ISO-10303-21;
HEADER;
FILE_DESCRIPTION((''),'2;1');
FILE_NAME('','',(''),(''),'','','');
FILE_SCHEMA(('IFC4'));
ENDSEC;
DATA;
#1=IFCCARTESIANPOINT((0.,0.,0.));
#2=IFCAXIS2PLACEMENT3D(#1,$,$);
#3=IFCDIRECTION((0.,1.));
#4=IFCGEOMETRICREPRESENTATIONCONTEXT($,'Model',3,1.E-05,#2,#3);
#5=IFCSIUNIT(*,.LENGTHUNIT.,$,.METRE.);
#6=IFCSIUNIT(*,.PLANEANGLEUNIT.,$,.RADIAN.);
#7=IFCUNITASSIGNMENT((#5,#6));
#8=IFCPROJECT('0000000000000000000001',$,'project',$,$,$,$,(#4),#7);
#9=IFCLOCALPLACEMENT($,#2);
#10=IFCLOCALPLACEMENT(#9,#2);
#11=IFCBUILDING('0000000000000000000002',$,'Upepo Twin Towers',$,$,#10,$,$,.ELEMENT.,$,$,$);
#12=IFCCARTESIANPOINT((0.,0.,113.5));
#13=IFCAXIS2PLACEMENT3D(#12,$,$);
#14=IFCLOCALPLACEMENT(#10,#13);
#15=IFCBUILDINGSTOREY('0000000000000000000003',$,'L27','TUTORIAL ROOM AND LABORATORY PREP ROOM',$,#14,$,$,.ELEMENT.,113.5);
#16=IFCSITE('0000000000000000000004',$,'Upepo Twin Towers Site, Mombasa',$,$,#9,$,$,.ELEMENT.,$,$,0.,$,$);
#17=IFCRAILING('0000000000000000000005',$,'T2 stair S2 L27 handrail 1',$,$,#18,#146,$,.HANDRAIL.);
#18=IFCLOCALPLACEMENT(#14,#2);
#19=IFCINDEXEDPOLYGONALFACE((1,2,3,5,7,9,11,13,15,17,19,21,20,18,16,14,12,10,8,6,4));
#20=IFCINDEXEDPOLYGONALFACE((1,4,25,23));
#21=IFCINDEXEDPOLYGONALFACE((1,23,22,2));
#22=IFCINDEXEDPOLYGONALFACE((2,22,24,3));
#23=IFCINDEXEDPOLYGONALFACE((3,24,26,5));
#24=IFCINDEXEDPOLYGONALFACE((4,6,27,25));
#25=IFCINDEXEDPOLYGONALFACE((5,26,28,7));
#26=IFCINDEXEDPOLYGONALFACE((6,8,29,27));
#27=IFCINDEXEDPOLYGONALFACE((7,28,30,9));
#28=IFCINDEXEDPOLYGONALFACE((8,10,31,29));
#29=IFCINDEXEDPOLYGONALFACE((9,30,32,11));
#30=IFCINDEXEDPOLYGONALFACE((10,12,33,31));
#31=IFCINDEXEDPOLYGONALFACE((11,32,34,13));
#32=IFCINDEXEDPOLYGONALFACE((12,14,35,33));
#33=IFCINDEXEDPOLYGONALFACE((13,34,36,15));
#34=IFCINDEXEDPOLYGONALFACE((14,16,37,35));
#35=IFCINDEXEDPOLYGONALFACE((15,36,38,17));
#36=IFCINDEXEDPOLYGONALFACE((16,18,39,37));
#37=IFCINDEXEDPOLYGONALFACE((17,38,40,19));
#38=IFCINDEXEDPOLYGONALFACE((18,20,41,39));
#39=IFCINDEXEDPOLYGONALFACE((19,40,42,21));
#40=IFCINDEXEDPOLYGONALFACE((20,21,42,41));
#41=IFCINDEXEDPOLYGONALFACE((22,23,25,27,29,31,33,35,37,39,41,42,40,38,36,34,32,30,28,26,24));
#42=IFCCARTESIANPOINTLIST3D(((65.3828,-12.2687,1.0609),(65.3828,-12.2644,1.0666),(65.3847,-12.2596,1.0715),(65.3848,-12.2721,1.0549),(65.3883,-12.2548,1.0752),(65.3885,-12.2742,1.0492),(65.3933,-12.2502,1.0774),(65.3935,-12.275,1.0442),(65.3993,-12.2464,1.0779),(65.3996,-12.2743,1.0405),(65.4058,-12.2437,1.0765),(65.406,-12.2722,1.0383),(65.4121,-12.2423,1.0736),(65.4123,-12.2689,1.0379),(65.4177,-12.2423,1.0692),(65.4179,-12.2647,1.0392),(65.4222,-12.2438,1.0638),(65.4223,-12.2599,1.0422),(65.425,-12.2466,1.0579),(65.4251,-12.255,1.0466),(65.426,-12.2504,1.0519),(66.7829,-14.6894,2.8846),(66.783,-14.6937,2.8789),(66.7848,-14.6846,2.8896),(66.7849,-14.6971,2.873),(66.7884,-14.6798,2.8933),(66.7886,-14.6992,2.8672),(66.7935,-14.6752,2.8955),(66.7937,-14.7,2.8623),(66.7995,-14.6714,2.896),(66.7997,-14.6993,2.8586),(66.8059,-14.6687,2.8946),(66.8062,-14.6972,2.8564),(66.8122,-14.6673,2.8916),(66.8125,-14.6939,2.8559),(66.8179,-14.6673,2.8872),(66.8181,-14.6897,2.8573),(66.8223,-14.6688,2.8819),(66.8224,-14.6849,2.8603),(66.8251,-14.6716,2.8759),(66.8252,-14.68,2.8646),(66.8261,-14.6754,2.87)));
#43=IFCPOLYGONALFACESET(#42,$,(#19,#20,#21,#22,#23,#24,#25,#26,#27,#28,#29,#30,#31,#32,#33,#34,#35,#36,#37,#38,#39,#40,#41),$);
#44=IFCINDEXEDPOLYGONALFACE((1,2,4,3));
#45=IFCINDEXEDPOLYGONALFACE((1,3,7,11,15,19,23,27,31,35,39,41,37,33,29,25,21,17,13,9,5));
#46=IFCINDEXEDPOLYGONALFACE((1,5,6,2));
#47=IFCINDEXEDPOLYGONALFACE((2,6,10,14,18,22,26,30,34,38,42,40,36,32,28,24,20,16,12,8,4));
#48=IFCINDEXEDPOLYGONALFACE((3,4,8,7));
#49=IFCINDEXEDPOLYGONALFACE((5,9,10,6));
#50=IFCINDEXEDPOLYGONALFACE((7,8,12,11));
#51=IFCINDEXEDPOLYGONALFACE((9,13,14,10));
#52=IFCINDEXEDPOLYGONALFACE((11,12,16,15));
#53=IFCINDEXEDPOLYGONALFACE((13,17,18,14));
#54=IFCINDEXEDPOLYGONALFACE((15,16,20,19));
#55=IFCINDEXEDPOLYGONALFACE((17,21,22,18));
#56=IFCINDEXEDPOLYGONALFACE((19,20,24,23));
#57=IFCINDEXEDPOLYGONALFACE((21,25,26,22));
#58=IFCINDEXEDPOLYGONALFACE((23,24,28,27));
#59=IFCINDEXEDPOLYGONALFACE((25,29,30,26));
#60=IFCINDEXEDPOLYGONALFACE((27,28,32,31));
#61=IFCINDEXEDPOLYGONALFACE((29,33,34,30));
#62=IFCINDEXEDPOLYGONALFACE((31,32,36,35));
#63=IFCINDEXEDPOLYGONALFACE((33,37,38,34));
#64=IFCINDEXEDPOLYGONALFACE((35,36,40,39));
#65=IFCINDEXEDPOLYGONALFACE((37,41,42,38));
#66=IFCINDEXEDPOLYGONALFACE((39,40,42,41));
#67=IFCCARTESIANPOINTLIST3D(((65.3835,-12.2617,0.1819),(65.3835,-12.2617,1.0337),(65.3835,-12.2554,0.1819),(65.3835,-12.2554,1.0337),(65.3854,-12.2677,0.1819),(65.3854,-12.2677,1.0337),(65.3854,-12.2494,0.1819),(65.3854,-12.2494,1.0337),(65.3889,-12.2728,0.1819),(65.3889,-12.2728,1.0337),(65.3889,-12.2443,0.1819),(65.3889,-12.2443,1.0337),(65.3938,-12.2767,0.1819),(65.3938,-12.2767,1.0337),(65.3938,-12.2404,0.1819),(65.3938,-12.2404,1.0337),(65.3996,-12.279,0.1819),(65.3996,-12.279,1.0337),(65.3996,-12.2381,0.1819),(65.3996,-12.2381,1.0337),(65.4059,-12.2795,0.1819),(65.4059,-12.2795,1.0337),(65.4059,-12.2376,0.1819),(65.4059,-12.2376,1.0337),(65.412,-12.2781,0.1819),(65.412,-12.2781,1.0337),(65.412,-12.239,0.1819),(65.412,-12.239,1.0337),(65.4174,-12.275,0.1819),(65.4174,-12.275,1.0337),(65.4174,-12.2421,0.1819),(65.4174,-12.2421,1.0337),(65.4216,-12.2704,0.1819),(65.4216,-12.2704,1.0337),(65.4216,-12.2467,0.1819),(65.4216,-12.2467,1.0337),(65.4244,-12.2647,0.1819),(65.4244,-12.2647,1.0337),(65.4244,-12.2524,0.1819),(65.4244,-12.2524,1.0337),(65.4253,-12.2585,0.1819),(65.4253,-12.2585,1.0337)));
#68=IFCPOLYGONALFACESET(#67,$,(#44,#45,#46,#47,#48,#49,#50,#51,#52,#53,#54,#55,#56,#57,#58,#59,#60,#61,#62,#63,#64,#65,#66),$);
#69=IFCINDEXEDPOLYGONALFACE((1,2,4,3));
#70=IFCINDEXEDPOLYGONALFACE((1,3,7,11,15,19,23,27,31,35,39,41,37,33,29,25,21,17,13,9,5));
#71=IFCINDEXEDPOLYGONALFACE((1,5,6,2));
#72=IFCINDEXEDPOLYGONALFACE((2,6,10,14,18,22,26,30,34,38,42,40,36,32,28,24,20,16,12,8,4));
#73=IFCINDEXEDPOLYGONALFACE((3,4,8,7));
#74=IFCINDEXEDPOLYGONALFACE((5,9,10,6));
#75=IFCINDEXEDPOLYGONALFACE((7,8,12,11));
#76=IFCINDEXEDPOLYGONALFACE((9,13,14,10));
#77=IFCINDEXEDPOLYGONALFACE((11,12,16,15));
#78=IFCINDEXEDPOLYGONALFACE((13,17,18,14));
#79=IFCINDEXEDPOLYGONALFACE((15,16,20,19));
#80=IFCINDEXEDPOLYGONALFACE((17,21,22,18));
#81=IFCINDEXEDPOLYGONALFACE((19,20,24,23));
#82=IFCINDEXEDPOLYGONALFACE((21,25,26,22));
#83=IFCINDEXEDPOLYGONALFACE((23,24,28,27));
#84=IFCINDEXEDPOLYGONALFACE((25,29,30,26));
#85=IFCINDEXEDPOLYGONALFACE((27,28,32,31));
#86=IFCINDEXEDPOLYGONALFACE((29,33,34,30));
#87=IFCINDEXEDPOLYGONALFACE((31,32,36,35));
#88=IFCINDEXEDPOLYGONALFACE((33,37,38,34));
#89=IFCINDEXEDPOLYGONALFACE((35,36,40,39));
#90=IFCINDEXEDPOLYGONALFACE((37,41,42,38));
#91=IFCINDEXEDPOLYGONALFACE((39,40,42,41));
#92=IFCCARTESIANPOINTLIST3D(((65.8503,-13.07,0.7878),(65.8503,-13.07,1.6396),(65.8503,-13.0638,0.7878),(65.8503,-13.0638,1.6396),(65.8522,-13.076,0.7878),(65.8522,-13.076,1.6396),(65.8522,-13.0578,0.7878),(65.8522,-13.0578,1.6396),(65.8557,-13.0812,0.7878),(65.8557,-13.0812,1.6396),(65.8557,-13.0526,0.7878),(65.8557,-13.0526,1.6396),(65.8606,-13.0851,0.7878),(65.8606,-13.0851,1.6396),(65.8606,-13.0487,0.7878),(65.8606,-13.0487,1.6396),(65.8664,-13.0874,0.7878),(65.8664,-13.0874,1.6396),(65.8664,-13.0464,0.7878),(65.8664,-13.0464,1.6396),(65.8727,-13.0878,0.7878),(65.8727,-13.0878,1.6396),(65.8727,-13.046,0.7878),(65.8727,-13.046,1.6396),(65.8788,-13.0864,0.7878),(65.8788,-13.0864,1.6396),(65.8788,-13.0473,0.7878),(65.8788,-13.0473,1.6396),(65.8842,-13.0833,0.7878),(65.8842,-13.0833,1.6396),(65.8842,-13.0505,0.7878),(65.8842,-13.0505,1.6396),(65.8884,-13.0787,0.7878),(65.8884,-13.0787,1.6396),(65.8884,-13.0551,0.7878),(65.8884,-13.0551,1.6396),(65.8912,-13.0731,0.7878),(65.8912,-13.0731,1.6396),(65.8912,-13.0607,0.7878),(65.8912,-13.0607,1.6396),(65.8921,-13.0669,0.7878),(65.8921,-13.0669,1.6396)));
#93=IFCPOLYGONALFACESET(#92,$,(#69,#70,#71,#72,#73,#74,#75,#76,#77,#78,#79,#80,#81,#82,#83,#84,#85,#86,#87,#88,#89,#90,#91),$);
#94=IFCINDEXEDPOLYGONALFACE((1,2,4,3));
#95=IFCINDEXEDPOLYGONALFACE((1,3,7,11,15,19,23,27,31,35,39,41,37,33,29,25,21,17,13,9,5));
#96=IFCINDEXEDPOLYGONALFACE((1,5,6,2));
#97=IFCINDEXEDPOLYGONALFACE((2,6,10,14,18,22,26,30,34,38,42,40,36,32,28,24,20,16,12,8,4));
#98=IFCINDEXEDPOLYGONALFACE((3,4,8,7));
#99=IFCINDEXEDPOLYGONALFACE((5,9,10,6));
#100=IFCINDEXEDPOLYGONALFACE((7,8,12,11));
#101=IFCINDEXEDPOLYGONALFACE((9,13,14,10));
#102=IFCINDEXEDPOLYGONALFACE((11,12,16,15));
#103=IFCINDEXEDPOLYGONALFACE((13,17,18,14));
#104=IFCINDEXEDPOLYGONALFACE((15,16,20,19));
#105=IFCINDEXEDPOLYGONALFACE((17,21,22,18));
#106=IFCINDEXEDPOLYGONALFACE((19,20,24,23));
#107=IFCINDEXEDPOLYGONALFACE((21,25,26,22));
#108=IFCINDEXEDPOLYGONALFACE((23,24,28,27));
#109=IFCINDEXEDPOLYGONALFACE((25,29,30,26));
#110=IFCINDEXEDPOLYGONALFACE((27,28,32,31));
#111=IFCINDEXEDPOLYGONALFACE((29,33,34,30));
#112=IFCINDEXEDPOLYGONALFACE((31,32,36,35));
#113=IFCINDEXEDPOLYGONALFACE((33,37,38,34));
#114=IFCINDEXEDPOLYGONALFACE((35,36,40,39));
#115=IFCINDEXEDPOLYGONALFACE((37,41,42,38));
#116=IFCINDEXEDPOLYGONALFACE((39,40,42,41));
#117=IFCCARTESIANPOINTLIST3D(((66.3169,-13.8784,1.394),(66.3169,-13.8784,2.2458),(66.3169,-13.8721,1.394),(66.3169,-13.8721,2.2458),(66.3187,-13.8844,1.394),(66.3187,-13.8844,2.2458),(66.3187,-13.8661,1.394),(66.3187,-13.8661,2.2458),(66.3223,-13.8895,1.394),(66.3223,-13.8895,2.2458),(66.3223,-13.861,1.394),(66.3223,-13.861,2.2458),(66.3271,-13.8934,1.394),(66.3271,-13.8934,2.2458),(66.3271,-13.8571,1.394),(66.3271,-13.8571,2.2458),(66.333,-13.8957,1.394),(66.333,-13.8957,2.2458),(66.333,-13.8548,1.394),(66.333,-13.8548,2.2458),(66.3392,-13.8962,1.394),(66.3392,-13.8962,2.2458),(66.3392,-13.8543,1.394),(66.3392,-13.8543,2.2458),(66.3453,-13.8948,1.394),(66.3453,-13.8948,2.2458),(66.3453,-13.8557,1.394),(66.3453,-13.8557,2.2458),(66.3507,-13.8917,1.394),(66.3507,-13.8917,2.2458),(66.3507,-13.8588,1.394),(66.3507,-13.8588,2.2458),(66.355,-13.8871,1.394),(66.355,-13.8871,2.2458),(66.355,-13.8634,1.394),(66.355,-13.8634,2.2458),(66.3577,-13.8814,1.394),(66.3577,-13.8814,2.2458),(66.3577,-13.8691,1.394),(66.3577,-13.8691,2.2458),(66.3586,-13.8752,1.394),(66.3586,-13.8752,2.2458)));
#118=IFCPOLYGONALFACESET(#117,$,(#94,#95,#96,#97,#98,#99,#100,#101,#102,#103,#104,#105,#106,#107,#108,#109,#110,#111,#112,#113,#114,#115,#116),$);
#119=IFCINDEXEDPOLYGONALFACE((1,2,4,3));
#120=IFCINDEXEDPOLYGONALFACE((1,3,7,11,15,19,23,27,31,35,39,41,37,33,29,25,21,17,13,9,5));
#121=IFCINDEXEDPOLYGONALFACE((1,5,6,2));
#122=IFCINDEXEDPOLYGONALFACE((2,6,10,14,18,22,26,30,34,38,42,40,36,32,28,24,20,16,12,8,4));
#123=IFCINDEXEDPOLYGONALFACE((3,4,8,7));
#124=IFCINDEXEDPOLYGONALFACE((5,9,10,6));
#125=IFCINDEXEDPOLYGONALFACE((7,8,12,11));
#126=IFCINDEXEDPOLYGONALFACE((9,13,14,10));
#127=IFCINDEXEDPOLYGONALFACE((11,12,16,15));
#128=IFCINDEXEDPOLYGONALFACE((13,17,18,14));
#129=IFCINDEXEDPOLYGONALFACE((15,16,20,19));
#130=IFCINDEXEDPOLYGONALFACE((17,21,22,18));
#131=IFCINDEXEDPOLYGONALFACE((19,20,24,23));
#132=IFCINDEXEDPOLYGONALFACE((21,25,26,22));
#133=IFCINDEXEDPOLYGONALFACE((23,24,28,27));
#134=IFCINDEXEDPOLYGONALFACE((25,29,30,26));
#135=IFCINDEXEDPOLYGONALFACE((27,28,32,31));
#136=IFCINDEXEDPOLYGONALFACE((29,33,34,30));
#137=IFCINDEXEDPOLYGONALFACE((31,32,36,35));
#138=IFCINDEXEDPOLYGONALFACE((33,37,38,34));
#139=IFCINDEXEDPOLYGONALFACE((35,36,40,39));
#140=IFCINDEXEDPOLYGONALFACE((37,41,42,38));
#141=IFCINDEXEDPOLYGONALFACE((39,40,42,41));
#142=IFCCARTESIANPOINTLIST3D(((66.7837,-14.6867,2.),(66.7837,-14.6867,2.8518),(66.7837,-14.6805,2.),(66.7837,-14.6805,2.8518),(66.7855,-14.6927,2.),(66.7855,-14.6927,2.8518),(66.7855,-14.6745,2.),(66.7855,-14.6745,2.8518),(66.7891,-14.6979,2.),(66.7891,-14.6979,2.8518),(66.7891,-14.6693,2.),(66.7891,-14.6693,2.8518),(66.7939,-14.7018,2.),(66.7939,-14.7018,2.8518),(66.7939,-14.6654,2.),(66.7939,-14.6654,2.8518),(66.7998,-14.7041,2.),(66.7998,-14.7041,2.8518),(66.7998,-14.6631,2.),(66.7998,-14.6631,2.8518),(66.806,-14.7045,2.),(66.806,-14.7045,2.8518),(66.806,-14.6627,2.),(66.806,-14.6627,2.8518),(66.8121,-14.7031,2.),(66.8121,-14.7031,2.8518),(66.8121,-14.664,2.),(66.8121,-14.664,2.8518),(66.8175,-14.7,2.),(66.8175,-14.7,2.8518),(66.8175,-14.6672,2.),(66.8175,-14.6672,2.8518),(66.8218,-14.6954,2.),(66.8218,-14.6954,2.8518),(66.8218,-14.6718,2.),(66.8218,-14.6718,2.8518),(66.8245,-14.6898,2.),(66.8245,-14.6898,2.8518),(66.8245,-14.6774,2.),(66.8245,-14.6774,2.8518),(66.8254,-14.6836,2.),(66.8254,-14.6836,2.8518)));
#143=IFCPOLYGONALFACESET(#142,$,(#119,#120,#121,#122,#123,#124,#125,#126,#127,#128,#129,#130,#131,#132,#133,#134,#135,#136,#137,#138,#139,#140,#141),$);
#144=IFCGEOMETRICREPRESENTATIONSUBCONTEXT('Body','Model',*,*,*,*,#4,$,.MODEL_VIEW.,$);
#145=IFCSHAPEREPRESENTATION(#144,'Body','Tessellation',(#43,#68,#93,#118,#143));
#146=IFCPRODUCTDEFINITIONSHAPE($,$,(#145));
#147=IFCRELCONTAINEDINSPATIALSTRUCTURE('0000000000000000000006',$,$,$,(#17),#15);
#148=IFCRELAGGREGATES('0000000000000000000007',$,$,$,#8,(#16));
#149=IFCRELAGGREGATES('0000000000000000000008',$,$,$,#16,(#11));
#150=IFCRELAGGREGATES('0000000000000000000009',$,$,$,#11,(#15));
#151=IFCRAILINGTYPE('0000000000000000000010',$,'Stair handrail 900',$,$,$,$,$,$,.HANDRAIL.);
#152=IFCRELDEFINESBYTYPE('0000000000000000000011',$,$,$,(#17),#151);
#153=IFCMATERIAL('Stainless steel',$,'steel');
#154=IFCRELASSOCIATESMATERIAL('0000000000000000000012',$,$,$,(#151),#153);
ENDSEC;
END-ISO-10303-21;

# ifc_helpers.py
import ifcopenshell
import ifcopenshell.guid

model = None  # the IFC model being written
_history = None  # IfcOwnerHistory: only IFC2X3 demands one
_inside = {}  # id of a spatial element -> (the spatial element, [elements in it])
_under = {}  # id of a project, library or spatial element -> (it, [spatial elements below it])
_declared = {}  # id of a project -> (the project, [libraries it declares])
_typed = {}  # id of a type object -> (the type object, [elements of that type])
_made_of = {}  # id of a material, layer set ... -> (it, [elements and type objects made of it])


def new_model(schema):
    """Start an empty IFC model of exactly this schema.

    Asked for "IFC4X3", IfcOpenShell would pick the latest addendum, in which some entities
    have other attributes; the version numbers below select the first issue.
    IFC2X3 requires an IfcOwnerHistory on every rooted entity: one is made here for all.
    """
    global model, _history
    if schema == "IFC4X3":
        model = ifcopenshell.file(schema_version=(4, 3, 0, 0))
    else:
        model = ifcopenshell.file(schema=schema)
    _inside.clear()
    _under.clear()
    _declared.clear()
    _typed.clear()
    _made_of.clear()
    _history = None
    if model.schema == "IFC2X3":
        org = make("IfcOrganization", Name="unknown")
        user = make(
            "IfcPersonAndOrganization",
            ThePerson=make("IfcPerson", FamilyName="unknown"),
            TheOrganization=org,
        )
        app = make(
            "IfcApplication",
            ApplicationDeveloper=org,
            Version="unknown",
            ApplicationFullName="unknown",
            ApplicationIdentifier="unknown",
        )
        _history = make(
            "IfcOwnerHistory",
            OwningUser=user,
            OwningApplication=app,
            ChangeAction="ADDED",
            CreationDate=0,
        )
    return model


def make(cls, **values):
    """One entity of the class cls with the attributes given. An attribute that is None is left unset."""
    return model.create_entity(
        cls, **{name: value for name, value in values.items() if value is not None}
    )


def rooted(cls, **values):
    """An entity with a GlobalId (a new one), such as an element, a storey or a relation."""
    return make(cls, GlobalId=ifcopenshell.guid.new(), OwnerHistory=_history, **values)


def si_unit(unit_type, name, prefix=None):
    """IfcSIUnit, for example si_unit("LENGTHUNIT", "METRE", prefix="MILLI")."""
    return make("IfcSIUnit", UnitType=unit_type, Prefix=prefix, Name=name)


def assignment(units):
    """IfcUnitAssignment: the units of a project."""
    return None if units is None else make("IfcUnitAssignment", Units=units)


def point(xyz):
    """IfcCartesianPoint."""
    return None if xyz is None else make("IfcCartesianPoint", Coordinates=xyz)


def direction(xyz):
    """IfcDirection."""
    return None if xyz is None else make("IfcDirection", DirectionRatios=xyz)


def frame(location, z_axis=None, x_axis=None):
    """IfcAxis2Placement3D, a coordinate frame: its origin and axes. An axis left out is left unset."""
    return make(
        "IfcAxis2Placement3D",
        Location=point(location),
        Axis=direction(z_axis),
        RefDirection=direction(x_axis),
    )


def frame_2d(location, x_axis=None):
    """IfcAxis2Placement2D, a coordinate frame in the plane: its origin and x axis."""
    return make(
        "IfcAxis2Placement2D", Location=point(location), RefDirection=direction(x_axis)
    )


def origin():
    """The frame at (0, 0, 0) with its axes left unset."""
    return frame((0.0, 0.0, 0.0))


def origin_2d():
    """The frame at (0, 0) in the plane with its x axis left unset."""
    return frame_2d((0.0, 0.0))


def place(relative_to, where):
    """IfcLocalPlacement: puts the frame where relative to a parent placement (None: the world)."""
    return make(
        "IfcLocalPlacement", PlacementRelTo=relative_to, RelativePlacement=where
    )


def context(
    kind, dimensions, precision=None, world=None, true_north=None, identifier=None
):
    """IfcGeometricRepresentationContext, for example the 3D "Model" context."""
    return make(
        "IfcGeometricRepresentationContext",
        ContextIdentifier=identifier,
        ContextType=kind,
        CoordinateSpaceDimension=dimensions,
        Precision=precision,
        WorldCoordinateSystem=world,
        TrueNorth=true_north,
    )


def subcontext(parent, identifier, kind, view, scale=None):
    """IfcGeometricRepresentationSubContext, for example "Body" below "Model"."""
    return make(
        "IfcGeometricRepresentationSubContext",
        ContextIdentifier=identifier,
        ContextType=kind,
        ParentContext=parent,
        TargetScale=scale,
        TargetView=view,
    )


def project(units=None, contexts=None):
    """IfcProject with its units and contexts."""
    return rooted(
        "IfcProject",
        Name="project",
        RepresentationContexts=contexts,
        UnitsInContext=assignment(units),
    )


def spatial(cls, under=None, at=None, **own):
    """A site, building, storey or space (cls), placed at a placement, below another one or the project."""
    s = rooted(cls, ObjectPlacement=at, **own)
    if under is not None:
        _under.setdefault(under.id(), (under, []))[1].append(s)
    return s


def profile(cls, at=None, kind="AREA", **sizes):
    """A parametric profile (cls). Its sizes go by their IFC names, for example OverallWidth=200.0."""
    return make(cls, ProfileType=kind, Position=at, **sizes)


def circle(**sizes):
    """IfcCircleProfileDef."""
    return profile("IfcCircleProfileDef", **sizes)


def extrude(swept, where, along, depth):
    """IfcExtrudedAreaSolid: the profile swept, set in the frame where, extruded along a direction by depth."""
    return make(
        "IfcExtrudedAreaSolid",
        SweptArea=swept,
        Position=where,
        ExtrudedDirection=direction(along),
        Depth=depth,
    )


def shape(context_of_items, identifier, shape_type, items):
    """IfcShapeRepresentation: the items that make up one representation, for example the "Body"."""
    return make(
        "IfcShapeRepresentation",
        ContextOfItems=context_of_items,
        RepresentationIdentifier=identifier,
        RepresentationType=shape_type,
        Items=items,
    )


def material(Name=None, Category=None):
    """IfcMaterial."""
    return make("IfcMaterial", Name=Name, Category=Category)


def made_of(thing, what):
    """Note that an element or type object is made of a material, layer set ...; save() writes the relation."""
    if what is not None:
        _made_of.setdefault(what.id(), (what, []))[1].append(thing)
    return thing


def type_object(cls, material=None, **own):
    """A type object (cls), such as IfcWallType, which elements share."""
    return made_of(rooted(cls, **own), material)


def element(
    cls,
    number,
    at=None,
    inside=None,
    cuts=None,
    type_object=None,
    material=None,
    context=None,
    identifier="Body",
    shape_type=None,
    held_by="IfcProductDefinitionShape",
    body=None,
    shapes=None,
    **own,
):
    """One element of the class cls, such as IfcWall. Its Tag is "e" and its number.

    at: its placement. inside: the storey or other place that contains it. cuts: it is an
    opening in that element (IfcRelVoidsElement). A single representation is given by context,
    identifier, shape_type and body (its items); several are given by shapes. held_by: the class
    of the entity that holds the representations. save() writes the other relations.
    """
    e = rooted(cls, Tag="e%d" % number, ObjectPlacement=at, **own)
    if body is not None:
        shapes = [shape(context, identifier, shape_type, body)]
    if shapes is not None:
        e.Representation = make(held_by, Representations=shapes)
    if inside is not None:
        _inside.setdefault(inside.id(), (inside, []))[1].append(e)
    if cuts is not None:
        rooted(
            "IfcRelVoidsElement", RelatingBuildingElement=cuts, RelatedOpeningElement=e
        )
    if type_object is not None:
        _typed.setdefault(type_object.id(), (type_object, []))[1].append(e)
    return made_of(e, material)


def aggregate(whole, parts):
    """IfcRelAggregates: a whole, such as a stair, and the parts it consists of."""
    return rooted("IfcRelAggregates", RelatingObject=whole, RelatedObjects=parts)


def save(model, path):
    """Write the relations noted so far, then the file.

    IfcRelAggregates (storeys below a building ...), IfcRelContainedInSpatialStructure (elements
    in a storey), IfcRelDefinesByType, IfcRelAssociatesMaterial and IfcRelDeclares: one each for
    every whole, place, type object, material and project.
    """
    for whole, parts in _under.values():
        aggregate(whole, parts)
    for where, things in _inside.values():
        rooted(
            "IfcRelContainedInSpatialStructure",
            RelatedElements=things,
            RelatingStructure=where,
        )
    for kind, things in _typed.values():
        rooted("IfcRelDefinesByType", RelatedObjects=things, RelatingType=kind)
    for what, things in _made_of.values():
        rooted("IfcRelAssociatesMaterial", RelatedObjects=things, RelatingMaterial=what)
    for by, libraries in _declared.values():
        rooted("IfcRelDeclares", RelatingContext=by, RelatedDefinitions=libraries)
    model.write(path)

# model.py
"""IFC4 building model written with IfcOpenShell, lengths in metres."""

from ifc_helpers import new_model, si_unit, direction, frame, origin, origin_2d, place, context, subcontext, project, spatial, circle, extrude, material, type_object, element, save


model = new_model("IFC4")

# Units and contexts
model_context = context("Model", 3, precision=1e-05, world=origin(), true_north=direction((0.0, 1.0)))
body_context = subcontext(model_context, "Body", "Model", "MODEL_VIEW")
ifc_project = project(units=[si_unit("LENGTHUNIT", "METRE"), si_unit("PLANEANGLEUNIT", "RADIAN")], contexts=[model_context])

# Site, building, storey
site_placement = place(None, origin())
site = spatial("IfcSite", under=ifc_project, at=site_placement, Name="Upepo Twin Towers Site, Mombasa", CompositionType="ELEMENT", RefElevation=0.0)
building_placement = place(site_placement, origin())
building = spatial("IfcBuilding", under=site, at=building_placement, Name="Upepo Twin Towers", CompositionType="ELEMENT")
storey_placement = place(building_placement, frame((0.0, 0.0, 113.5)))
storey = spatial("IfcBuildingStorey", under=building, at=storey_placement, Name="L27", Description="TUTORIAL ROOM AND LABORATORY PREP ROOM", CompositionType="ELEMENT", Elevation=113.5)

# Railing
ifc_material_1 = material(Name="Stainless steel", Category="steel")
railing_type = type_object("IfcRailingType", Name="Stair handrail 900", PredefinedType="HANDRAIL", material=ifc_material_1)
railing_1_placement = place(storey_placement, frame((65.4043, -12.2585, 0.1819)))
element("IfcRailing", 1, at=railing_1_placement, inside=storey, type_object=railing_type, Name="T2 stair S2 L27 handrail 1", PredefinedType="HANDRAIL", context=body_context, shape_type="SweptSolid", body=[
    extrude(circle(Radius=0.0239, at=origin_2d()), frame((0.0, 0.0, 0.876), z_axis=(0.419371, -0.726349, 0.54456), x_axis=(0.866019, 0.500012, 0.0)), (0.0, 0.0, 1.0), 3.3386),
    extrude(circle(Radius=0.021, at=origin_2d()), origin(), (0.0, 0.0, 1.0), 0.8518),
    extrude(circle(Radius=0.021, at=origin_2d()), frame((0.4668, -0.8083, 0.606)), (0.0, 0.0, 1.0), 0.8518),
    extrude(circle(Radius=0.021, at=origin_2d()), frame((0.9333, -1.6167, 1.2122)), (0.0, 0.0, 1.0), 0.8518),
    extrude(circle(Radius=0.021, at=origin_2d()), frame((1.4001, -2.425, 1.8181)), (0.0, 0.0, 1.0), 0.8518),
])

save(model, "model.ifc")
